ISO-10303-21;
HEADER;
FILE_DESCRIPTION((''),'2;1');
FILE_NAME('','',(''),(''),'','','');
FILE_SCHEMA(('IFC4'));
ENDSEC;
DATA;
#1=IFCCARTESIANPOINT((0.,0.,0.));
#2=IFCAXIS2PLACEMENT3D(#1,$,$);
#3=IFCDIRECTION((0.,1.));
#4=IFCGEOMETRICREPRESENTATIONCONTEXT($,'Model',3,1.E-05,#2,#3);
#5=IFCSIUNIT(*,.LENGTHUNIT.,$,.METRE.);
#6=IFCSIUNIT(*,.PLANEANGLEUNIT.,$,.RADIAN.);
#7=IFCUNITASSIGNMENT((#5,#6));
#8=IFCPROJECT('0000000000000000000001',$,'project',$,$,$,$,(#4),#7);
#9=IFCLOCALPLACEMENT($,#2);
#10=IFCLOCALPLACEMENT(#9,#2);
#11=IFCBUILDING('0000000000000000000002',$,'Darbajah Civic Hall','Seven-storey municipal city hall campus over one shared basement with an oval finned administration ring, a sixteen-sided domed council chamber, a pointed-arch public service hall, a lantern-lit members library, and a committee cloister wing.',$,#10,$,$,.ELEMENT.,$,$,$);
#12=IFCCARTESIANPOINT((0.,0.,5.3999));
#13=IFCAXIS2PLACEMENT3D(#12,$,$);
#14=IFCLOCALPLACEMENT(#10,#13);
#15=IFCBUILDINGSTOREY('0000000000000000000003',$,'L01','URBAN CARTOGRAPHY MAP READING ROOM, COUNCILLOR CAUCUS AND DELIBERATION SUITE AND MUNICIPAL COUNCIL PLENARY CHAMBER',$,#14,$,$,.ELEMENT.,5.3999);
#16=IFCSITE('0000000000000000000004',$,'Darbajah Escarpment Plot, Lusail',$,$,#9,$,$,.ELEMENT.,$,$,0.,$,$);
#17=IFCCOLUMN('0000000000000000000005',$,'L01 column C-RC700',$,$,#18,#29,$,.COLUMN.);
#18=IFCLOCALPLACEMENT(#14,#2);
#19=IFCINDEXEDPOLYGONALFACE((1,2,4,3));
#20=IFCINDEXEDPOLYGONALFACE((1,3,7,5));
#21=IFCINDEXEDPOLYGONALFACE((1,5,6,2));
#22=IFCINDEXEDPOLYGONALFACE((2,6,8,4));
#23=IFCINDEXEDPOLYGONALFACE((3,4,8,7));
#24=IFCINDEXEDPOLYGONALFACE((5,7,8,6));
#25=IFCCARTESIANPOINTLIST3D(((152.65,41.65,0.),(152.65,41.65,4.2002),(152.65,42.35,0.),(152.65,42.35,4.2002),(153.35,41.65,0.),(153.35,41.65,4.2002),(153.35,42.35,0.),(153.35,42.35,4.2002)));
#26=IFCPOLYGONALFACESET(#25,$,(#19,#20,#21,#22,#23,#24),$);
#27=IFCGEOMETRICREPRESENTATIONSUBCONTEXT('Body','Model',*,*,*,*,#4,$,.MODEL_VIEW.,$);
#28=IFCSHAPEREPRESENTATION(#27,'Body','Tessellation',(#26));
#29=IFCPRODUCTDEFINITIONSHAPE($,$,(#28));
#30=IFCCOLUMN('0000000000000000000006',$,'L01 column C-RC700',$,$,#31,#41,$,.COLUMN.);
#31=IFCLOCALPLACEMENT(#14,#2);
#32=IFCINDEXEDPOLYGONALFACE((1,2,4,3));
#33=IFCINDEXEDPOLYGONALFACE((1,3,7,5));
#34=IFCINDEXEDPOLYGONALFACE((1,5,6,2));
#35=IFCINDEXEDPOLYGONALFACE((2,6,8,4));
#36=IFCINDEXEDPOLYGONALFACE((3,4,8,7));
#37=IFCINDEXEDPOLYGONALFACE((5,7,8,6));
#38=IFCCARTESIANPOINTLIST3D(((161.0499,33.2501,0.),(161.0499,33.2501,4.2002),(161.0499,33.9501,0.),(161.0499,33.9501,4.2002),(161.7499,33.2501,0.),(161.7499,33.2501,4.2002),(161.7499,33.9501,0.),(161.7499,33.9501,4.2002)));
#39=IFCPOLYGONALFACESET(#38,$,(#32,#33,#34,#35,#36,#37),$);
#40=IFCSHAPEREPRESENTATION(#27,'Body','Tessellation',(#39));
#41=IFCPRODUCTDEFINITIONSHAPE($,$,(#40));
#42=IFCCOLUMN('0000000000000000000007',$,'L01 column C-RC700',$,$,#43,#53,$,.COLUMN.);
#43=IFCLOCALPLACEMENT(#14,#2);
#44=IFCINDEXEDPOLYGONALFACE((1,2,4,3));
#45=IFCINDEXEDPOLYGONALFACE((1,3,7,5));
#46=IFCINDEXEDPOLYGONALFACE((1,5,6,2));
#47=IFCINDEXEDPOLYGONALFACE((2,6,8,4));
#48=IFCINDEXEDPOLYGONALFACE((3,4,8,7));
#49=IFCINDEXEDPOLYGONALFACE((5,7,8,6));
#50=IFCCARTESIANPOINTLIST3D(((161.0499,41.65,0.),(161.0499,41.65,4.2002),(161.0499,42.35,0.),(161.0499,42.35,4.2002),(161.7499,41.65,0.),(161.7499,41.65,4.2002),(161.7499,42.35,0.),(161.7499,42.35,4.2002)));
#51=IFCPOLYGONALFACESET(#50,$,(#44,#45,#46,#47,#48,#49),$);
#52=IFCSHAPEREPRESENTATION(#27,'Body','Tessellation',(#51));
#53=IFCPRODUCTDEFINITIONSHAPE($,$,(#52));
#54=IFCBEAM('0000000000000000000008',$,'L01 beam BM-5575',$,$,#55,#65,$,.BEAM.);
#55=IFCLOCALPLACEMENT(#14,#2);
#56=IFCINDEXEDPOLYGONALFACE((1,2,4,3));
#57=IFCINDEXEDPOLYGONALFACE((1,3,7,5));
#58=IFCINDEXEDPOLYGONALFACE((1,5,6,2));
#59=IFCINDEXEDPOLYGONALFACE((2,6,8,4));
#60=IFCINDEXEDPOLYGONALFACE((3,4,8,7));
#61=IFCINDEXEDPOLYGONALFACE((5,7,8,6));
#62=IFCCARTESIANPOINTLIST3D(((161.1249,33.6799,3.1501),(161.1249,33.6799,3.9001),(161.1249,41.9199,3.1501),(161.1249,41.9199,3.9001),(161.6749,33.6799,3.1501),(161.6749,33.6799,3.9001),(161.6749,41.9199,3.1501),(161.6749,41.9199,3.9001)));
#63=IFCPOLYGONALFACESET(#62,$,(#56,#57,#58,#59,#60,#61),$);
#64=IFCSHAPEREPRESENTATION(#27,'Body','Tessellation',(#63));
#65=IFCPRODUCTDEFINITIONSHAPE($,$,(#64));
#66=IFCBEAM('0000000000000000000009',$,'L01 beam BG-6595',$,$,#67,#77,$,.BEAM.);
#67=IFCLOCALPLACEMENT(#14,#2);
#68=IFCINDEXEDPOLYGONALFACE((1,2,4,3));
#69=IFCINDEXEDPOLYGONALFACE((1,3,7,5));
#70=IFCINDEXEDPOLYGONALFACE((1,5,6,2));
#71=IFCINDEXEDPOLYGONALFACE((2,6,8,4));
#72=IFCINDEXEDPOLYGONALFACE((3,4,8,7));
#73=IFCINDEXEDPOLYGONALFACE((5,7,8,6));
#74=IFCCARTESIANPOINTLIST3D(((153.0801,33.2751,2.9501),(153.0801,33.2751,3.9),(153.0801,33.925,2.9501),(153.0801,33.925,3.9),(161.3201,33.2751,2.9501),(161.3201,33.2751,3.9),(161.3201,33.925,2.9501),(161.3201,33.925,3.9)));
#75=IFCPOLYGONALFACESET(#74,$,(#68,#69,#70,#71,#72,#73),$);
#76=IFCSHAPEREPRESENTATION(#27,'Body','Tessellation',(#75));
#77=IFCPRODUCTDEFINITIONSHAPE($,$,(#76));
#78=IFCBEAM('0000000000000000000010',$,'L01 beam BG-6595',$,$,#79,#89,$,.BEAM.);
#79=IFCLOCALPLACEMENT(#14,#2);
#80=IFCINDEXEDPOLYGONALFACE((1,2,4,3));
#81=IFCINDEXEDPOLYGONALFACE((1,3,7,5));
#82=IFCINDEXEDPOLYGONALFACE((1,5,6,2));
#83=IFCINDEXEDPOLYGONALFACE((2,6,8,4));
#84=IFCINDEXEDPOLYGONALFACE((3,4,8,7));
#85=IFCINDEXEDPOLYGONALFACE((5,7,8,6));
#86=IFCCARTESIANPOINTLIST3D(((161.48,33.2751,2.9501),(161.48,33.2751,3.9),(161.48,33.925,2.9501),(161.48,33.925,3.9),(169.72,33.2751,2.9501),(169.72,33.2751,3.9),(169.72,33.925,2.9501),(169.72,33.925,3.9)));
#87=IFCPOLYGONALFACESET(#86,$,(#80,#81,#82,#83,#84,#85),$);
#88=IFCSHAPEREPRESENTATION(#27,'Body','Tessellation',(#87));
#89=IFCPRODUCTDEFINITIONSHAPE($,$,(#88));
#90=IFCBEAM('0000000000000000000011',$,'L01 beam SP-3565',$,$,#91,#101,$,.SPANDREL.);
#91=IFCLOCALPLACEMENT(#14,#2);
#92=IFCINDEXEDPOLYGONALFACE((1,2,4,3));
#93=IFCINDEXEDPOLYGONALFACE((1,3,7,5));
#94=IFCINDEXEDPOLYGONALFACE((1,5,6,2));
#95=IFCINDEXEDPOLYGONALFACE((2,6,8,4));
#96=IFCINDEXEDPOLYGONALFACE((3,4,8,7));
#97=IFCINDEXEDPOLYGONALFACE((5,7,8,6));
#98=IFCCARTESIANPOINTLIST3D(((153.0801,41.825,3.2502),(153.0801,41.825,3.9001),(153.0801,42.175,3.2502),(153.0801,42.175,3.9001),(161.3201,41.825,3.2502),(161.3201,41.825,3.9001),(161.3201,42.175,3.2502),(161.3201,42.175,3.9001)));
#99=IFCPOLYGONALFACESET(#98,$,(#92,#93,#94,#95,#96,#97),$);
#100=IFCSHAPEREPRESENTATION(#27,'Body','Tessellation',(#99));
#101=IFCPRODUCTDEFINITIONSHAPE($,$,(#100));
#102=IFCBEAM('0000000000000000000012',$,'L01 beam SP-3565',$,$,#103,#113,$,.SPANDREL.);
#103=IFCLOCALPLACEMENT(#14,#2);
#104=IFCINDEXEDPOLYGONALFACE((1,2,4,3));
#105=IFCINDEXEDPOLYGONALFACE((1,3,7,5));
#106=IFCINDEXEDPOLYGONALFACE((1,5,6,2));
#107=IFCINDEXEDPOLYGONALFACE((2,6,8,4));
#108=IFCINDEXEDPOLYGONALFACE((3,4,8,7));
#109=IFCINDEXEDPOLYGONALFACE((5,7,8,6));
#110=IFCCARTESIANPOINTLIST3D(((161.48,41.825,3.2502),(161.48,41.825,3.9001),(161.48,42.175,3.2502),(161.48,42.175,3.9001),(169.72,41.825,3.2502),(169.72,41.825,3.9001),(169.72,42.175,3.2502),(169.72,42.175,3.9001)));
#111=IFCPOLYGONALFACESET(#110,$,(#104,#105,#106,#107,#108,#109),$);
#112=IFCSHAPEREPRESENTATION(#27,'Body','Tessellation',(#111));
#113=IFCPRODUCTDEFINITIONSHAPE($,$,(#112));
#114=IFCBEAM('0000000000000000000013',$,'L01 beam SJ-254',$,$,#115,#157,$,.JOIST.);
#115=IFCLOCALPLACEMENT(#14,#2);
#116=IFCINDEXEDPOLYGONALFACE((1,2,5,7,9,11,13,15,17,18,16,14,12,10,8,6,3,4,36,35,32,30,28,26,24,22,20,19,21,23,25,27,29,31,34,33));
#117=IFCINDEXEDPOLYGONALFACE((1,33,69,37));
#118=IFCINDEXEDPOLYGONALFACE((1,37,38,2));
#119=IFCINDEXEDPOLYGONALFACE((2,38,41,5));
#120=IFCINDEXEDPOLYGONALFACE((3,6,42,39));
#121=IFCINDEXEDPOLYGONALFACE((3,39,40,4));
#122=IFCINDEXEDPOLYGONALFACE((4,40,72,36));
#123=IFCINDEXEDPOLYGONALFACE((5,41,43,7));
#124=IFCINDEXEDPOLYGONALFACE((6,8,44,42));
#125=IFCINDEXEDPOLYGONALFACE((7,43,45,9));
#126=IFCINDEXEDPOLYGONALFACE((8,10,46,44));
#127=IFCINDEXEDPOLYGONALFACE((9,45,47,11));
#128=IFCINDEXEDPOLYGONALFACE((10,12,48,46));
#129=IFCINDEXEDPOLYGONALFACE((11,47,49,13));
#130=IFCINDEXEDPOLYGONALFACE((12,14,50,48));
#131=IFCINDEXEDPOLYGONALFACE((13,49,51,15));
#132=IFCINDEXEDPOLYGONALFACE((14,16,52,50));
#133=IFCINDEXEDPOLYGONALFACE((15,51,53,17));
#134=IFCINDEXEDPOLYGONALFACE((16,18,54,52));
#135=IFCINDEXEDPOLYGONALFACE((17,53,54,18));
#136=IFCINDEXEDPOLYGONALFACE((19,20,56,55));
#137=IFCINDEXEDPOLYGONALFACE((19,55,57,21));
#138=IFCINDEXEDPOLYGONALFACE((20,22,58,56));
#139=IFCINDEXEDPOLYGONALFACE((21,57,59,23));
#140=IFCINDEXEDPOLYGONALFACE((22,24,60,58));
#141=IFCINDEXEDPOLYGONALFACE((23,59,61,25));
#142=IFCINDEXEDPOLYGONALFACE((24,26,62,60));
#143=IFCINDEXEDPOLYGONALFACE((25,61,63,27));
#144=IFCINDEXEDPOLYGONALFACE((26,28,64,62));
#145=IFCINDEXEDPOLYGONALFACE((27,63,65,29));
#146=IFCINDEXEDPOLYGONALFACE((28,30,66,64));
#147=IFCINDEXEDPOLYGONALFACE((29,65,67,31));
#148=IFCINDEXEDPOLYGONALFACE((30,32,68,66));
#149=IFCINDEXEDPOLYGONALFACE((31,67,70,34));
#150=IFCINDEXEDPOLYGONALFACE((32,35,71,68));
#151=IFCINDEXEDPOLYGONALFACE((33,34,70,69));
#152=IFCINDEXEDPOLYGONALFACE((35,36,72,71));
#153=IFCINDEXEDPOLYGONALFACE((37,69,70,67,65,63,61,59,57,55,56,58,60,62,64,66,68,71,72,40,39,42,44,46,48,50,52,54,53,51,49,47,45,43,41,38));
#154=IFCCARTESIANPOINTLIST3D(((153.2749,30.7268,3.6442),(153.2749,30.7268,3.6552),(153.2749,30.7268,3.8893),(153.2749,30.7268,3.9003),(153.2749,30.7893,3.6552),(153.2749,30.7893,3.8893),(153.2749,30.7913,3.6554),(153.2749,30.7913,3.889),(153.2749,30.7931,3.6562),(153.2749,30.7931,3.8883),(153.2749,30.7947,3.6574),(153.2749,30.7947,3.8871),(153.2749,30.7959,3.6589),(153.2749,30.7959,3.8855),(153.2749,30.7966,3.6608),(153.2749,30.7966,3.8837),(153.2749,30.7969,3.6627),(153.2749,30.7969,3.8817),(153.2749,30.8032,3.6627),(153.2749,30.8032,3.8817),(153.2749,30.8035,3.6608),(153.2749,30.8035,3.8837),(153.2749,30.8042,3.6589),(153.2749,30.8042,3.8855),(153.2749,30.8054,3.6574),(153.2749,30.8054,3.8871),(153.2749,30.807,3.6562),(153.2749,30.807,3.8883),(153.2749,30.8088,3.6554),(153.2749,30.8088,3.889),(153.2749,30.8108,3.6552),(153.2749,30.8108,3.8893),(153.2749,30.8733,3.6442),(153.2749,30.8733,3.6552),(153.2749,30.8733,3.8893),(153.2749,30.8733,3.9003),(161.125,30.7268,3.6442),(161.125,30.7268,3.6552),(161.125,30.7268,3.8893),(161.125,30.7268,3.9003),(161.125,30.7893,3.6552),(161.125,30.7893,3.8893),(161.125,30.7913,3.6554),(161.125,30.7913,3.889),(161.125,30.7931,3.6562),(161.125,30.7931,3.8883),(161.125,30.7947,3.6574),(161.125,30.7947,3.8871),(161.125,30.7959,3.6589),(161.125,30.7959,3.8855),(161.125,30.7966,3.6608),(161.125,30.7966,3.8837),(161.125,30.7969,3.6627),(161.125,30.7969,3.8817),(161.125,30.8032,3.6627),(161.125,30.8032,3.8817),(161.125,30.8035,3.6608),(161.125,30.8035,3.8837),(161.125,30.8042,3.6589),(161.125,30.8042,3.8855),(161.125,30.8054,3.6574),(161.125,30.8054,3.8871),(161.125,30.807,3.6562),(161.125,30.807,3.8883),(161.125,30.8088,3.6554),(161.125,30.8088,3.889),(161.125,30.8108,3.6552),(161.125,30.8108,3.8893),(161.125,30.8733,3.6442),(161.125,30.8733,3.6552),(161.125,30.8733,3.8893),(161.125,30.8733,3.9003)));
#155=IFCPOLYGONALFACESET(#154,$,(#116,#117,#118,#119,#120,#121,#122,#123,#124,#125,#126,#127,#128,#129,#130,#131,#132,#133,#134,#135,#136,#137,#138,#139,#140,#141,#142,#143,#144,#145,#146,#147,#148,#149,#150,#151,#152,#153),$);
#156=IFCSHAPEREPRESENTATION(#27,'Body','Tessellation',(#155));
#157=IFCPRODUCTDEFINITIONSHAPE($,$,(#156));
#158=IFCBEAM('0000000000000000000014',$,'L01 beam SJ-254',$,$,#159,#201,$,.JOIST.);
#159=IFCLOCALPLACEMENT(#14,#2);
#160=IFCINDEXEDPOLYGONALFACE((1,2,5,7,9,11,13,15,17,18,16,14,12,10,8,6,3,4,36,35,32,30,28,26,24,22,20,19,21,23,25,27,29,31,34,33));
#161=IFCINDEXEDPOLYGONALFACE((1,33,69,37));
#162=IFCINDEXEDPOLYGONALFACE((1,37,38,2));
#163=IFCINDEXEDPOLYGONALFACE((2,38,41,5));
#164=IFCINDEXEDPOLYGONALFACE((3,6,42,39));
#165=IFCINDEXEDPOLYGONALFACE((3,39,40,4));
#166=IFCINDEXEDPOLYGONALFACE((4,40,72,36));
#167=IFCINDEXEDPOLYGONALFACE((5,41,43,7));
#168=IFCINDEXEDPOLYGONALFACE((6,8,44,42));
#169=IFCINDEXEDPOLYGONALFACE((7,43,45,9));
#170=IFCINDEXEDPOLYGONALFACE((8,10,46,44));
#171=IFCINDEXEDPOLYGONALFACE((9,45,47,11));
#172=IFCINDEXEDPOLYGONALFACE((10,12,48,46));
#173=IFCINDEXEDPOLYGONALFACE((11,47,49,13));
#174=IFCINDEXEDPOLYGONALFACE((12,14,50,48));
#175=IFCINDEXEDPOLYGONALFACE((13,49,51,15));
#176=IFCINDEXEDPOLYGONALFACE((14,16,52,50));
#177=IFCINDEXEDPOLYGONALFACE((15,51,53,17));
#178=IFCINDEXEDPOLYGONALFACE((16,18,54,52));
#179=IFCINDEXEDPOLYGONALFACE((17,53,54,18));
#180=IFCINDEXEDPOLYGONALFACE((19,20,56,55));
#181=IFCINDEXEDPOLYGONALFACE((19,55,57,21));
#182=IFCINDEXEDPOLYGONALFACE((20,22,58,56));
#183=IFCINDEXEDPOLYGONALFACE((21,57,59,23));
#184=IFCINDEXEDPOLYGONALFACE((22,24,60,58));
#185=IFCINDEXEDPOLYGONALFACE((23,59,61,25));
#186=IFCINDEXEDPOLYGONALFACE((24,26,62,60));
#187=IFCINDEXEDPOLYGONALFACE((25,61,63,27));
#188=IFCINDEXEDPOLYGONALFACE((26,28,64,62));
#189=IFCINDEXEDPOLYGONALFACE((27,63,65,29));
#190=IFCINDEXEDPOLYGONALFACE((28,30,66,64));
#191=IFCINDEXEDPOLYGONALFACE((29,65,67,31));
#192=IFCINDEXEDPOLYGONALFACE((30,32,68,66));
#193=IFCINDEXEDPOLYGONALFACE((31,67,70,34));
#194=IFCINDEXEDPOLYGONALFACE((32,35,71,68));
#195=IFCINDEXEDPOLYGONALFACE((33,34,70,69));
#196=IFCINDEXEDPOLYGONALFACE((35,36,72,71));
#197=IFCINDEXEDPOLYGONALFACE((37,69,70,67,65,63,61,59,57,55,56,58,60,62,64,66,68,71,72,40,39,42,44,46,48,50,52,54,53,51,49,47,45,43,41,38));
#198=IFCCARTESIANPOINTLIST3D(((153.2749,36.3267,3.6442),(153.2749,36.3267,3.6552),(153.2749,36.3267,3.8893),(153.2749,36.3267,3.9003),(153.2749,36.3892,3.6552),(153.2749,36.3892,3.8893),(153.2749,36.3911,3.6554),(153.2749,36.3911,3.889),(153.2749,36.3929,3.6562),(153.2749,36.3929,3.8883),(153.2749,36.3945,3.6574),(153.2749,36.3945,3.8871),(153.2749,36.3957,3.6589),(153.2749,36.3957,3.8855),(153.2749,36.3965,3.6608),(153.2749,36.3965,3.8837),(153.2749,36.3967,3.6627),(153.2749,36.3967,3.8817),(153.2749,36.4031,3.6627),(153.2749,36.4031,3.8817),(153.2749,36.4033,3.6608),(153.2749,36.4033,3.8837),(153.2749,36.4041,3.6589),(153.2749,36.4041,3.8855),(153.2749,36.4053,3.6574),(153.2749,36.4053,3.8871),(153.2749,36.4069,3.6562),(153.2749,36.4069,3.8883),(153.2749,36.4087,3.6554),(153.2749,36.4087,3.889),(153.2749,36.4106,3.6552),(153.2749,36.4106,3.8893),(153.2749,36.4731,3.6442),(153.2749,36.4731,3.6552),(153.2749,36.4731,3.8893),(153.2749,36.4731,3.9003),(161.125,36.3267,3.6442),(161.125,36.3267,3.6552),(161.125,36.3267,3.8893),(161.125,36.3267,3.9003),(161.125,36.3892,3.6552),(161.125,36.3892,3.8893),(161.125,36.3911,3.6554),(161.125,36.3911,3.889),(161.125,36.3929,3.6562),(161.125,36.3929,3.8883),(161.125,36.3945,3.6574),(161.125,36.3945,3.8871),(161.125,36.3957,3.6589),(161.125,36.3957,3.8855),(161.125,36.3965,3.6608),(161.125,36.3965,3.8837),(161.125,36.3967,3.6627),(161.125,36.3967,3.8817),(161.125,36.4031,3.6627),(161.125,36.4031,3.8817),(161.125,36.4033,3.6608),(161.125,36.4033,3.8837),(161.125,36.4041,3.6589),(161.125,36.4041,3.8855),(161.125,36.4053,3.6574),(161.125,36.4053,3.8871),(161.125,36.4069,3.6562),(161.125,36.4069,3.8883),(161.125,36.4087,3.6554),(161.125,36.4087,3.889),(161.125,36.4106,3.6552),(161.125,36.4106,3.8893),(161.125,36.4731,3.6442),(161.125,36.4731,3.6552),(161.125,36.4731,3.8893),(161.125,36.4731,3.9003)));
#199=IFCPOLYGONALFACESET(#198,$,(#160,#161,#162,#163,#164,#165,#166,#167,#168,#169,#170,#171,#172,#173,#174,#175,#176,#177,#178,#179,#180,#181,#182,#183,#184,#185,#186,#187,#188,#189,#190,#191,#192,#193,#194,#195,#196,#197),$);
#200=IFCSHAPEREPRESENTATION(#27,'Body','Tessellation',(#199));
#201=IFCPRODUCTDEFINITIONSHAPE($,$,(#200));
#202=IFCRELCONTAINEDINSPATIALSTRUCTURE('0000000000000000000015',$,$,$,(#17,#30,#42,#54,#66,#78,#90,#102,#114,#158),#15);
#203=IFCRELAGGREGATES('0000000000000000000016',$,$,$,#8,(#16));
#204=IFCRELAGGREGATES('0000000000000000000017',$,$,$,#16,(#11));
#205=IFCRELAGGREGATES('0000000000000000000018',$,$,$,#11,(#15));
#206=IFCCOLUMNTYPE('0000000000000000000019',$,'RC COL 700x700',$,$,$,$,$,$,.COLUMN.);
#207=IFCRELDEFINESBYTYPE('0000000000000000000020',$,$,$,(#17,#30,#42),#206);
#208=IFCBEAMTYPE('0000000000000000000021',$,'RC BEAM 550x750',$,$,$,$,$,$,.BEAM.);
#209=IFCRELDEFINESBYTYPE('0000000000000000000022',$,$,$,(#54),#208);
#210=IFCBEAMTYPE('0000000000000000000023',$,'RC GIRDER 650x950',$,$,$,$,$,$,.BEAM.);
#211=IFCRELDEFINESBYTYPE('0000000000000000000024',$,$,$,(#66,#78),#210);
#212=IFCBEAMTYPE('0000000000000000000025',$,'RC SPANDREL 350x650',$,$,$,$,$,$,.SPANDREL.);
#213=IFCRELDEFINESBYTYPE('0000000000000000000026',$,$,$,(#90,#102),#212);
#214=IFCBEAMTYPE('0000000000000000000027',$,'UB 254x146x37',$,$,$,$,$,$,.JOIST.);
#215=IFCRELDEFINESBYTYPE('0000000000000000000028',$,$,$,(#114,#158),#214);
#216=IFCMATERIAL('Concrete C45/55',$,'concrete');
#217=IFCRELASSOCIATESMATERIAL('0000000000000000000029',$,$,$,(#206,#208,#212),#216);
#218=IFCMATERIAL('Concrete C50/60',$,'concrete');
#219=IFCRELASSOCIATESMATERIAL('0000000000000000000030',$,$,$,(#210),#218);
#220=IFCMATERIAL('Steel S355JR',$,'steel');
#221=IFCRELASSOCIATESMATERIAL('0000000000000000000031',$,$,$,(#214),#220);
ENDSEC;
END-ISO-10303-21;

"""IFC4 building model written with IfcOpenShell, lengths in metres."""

from ifc_helpers import new_model, si_unit, direction, frame, origin, origin_2d, place, context, subcontext, project, spatial, rectangle, i_section, extrude, material, material_profile, profile_set, type_object, element, save


model = new_model("IFC4")

# Units and contexts
model_context = context("Model", 3, precision=1e-05, world=origin(), true_north=direction((0.0, 1.0)))
body_context = subcontext(model_context, "Body", "Model", "MODEL_VIEW")
ifc_project = project(units=[si_unit("LENGTHUNIT", "METRE"), si_unit("PLANEANGLEUNIT", "RADIAN")], contexts=[model_context])

# Site, building, storey
site_placement = place(None, origin())
site = spatial("IfcSite", under=ifc_project, at=site_placement, Name="Darbajah Escarpment Plot, Lusail", CompositionType="ELEMENT", RefElevation=0.0)
building_placement = place(site_placement, origin())
building = spatial("IfcBuilding", under=site, at=building_placement, Name="Darbajah Civic Hall", Description="Seven-storey municipal city hall campus over one shared basement with an oval finned administration ring, a sixteen-sided domed council chamber, a pointed-arch public service hall, a lantern-lit members library, and a committee cloister wing.", CompositionType="ELEMENT")
storey_placement = place(building_placement, frame((0.0, 0.0, 5.3999)))
storey = spatial("IfcBuildingStorey", under=building, at=storey_placement, Name="L01", Description="URBAN CARTOGRAPHY MAP READING ROOM, COUNCILLOR CAUCUS AND DELIBERATION SUITE AND MUNICIPAL COUNCIL PLENARY CHAMBER", CompositionType="ELEMENT", Elevation=5.3999)

# Columns
ifc_material_1 = material(Name="Concrete C45/55", Category="concrete")
ifc_material_profile_1 = material_profile(ifc_material_1, rectangle(XDim=0.7, YDim=0.7, at=origin_2d()), Name="RC COL 700x700")
ifc_profile_set_1 = profile_set([ifc_material_profile_1], Name="Concrete C45/55")
column_type = type_object("IfcColumnType", Name="RC COL 700x700", PredefinedType="COLUMN", material=ifc_profile_set_1)
for number, where, z_axis, x_axis, name in (
    (1, (153.0, 42.0, 0.0), (0.0, 0.0, 1.0), (1.0, 0.0, 0.0), "L01 column C-RC700"),
    (2, (161.3999, 33.6001, 0.0), (0.0, 0.0, 1.0), (1.0, 0.0, 0.0), "L01 column C-RC700"),
    (3, (161.3999, 42.0, 0.0), (0.0, 0.0, 1.0), (1.0, 0.0, 0.0), "L01 column C-RC700"),
):
    element("IfcColumn", number, at=place(storey_placement, frame(where, z_axis=z_axis, x_axis=x_axis)), inside=storey, type_object=column_type, Name=name, PredefinedType="COLUMN", context=body_context, shape_type="SweptSolid", body=[
        extrude(rectangle(XDim=0.7, YDim=0.7, at=origin_2d()), origin(), (0.0, 0.0, 1.0), 4.2002),
    ])

# Beams
ifc_material_profile_2 = material_profile(ifc_material_1, rectangle(XDim=0.55, YDim=0.75, at=origin_2d()), Name="RC BEAM 550x750")
ifc_profile_set_2 = profile_set([ifc_material_profile_2], Name="Concrete C45/55")
beam_type_1 = type_object("IfcBeamType", Name="RC BEAM 550x750", PredefinedType="BEAM", material=ifc_profile_set_2)
beam_1_placement = place(storey_placement, frame((161.3999, 33.6799, 3.5251), z_axis=(0.0, 1.0, 0.0), x_axis=(-1.0, 0.0, 0.0)))
element("IfcBeam", 4, at=beam_1_placement, inside=storey, type_object=beam_type_1, Name="L01 beam BM-5575", PredefinedType="BEAM", context=body_context, shape_type="SweptSolid", body=[
    extrude(rectangle(XDim=0.55, YDim=0.75, at=origin_2d()), origin(), (0.0, 0.0, 1.0), 8.24),
])
ifc_material_2 = material(Name="Concrete C50/60", Category="concrete")
ifc_material_profile_3 = material_profile(ifc_material_2, rectangle(XDim=0.6499, YDim=0.95, at=origin_2d()), Name="RC GIRDER 650x950")
ifc_profile_set_3 = profile_set([ifc_material_profile_3], Name="Concrete C50/60")
beam_type_2 = type_object("IfcBeamType", Name="RC GIRDER 650x950", PredefinedType="BEAM", material=ifc_profile_set_3)
for number, where, z_axis, x_axis, name in (
    (5, (153.0801, 33.6001, 3.425), (1.0, 0.0, 0.0), (0.0, 1.0, 0.0), "L01 beam BG-6595"),
    (6, (161.48, 33.6001, 3.425), (1.0, 0.0, 0.0), (0.0, 1.0, 0.0), "L01 beam BG-6595"),
):
    element("IfcBeam", number, at=place(storey_placement, frame(where, z_axis=z_axis, x_axis=x_axis)), inside=storey, type_object=beam_type_2, Name=name, PredefinedType="BEAM", context=body_context, shape_type="SweptSolid", body=[
        extrude(rectangle(XDim=0.6499, YDim=0.95, at=origin_2d()), origin(), (0.0, 0.0, 1.0), 8.24),
    ])
ifc_material_profile_4 = material_profile(ifc_material_1, rectangle(XDim=0.3501, YDim=0.6499, at=origin_2d()), Name="RC SPANDREL 350x650")
ifc_profile_set_4 = profile_set([ifc_material_profile_4], Name="Concrete C45/55")
beam_type_3 = type_object("IfcBeamType", Name="RC SPANDREL 350x650", PredefinedType="SPANDREL", material=ifc_profile_set_4)
for number, where, z_axis, x_axis, name in (
    (7, (153.0801, 42.0, 3.5752), (1.0, 0.0, 0.0), (0.0, 1.0, 0.0), "L01 beam SP-3565"),
    (8, (161.48, 42.0, 3.5752), (1.0, 0.0, 0.0), (0.0, 1.0, 0.0), "L01 beam SP-3565"),
):
    element("IfcBeam", number, at=place(storey_placement, frame(where, z_axis=z_axis, x_axis=x_axis)), inside=storey, type_object=beam_type_3, Name=name, PredefinedType="SPANDREL", context=body_context, shape_type="SweptSolid", body=[
        extrude(rectangle(XDim=0.3501, YDim=0.6499, at=origin_2d()), origin(), (0.0, 0.0, 1.0), 8.24),
    ])
ifc_material_3 = material(Name="Steel S355JR", Category="steel")
ifc_material_profile_5 = material_profile(ifc_material_3, i_section(OverallWidth=0.1465, OverallDepth=0.2561, WebThickness=0.0063, FlangeThickness=0.011, FilletRadius=0.0076, at=origin_2d()), Name="UB 254x146x37")
ifc_profile_set_5 = profile_set([ifc_material_profile_5], Name="Steel S355JR")
beam_type_4 = type_object("IfcBeamType", Name="UB 254x146x37", PredefinedType="JOIST", material=ifc_profile_set_5)
for number, where, z_axis, x_axis, name in (
    (9, (153.2749, 30.8, 3.7722), (1.0, 0.0, 0.0), (0.0, 1.0, 0.0), "L01 beam SJ-254"),
    (10, (153.2749, 36.3999, 3.7722), (1.0, 0.0, 0.0), (0.0, 1.0, 0.0), "L01 beam SJ-254"),
):
    element("IfcBeam", number, at=place(storey_placement, frame(where, z_axis=z_axis, x_axis=x_axis)), inside=storey, type_object=beam_type_4, Name=name, PredefinedType="JOIST", context=body_context, shape_type="SweptSolid", body=[
        extrude(i_section(OverallWidth=0.1465, OverallDepth=0.2561, WebThickness=0.0063, FlangeThickness=0.011, FilletRadius=0.0076, at=origin_2d()), origin(), (0.0, 0.0, 1.0), 7.8501),
    ])

save(model, "model.ifc")
